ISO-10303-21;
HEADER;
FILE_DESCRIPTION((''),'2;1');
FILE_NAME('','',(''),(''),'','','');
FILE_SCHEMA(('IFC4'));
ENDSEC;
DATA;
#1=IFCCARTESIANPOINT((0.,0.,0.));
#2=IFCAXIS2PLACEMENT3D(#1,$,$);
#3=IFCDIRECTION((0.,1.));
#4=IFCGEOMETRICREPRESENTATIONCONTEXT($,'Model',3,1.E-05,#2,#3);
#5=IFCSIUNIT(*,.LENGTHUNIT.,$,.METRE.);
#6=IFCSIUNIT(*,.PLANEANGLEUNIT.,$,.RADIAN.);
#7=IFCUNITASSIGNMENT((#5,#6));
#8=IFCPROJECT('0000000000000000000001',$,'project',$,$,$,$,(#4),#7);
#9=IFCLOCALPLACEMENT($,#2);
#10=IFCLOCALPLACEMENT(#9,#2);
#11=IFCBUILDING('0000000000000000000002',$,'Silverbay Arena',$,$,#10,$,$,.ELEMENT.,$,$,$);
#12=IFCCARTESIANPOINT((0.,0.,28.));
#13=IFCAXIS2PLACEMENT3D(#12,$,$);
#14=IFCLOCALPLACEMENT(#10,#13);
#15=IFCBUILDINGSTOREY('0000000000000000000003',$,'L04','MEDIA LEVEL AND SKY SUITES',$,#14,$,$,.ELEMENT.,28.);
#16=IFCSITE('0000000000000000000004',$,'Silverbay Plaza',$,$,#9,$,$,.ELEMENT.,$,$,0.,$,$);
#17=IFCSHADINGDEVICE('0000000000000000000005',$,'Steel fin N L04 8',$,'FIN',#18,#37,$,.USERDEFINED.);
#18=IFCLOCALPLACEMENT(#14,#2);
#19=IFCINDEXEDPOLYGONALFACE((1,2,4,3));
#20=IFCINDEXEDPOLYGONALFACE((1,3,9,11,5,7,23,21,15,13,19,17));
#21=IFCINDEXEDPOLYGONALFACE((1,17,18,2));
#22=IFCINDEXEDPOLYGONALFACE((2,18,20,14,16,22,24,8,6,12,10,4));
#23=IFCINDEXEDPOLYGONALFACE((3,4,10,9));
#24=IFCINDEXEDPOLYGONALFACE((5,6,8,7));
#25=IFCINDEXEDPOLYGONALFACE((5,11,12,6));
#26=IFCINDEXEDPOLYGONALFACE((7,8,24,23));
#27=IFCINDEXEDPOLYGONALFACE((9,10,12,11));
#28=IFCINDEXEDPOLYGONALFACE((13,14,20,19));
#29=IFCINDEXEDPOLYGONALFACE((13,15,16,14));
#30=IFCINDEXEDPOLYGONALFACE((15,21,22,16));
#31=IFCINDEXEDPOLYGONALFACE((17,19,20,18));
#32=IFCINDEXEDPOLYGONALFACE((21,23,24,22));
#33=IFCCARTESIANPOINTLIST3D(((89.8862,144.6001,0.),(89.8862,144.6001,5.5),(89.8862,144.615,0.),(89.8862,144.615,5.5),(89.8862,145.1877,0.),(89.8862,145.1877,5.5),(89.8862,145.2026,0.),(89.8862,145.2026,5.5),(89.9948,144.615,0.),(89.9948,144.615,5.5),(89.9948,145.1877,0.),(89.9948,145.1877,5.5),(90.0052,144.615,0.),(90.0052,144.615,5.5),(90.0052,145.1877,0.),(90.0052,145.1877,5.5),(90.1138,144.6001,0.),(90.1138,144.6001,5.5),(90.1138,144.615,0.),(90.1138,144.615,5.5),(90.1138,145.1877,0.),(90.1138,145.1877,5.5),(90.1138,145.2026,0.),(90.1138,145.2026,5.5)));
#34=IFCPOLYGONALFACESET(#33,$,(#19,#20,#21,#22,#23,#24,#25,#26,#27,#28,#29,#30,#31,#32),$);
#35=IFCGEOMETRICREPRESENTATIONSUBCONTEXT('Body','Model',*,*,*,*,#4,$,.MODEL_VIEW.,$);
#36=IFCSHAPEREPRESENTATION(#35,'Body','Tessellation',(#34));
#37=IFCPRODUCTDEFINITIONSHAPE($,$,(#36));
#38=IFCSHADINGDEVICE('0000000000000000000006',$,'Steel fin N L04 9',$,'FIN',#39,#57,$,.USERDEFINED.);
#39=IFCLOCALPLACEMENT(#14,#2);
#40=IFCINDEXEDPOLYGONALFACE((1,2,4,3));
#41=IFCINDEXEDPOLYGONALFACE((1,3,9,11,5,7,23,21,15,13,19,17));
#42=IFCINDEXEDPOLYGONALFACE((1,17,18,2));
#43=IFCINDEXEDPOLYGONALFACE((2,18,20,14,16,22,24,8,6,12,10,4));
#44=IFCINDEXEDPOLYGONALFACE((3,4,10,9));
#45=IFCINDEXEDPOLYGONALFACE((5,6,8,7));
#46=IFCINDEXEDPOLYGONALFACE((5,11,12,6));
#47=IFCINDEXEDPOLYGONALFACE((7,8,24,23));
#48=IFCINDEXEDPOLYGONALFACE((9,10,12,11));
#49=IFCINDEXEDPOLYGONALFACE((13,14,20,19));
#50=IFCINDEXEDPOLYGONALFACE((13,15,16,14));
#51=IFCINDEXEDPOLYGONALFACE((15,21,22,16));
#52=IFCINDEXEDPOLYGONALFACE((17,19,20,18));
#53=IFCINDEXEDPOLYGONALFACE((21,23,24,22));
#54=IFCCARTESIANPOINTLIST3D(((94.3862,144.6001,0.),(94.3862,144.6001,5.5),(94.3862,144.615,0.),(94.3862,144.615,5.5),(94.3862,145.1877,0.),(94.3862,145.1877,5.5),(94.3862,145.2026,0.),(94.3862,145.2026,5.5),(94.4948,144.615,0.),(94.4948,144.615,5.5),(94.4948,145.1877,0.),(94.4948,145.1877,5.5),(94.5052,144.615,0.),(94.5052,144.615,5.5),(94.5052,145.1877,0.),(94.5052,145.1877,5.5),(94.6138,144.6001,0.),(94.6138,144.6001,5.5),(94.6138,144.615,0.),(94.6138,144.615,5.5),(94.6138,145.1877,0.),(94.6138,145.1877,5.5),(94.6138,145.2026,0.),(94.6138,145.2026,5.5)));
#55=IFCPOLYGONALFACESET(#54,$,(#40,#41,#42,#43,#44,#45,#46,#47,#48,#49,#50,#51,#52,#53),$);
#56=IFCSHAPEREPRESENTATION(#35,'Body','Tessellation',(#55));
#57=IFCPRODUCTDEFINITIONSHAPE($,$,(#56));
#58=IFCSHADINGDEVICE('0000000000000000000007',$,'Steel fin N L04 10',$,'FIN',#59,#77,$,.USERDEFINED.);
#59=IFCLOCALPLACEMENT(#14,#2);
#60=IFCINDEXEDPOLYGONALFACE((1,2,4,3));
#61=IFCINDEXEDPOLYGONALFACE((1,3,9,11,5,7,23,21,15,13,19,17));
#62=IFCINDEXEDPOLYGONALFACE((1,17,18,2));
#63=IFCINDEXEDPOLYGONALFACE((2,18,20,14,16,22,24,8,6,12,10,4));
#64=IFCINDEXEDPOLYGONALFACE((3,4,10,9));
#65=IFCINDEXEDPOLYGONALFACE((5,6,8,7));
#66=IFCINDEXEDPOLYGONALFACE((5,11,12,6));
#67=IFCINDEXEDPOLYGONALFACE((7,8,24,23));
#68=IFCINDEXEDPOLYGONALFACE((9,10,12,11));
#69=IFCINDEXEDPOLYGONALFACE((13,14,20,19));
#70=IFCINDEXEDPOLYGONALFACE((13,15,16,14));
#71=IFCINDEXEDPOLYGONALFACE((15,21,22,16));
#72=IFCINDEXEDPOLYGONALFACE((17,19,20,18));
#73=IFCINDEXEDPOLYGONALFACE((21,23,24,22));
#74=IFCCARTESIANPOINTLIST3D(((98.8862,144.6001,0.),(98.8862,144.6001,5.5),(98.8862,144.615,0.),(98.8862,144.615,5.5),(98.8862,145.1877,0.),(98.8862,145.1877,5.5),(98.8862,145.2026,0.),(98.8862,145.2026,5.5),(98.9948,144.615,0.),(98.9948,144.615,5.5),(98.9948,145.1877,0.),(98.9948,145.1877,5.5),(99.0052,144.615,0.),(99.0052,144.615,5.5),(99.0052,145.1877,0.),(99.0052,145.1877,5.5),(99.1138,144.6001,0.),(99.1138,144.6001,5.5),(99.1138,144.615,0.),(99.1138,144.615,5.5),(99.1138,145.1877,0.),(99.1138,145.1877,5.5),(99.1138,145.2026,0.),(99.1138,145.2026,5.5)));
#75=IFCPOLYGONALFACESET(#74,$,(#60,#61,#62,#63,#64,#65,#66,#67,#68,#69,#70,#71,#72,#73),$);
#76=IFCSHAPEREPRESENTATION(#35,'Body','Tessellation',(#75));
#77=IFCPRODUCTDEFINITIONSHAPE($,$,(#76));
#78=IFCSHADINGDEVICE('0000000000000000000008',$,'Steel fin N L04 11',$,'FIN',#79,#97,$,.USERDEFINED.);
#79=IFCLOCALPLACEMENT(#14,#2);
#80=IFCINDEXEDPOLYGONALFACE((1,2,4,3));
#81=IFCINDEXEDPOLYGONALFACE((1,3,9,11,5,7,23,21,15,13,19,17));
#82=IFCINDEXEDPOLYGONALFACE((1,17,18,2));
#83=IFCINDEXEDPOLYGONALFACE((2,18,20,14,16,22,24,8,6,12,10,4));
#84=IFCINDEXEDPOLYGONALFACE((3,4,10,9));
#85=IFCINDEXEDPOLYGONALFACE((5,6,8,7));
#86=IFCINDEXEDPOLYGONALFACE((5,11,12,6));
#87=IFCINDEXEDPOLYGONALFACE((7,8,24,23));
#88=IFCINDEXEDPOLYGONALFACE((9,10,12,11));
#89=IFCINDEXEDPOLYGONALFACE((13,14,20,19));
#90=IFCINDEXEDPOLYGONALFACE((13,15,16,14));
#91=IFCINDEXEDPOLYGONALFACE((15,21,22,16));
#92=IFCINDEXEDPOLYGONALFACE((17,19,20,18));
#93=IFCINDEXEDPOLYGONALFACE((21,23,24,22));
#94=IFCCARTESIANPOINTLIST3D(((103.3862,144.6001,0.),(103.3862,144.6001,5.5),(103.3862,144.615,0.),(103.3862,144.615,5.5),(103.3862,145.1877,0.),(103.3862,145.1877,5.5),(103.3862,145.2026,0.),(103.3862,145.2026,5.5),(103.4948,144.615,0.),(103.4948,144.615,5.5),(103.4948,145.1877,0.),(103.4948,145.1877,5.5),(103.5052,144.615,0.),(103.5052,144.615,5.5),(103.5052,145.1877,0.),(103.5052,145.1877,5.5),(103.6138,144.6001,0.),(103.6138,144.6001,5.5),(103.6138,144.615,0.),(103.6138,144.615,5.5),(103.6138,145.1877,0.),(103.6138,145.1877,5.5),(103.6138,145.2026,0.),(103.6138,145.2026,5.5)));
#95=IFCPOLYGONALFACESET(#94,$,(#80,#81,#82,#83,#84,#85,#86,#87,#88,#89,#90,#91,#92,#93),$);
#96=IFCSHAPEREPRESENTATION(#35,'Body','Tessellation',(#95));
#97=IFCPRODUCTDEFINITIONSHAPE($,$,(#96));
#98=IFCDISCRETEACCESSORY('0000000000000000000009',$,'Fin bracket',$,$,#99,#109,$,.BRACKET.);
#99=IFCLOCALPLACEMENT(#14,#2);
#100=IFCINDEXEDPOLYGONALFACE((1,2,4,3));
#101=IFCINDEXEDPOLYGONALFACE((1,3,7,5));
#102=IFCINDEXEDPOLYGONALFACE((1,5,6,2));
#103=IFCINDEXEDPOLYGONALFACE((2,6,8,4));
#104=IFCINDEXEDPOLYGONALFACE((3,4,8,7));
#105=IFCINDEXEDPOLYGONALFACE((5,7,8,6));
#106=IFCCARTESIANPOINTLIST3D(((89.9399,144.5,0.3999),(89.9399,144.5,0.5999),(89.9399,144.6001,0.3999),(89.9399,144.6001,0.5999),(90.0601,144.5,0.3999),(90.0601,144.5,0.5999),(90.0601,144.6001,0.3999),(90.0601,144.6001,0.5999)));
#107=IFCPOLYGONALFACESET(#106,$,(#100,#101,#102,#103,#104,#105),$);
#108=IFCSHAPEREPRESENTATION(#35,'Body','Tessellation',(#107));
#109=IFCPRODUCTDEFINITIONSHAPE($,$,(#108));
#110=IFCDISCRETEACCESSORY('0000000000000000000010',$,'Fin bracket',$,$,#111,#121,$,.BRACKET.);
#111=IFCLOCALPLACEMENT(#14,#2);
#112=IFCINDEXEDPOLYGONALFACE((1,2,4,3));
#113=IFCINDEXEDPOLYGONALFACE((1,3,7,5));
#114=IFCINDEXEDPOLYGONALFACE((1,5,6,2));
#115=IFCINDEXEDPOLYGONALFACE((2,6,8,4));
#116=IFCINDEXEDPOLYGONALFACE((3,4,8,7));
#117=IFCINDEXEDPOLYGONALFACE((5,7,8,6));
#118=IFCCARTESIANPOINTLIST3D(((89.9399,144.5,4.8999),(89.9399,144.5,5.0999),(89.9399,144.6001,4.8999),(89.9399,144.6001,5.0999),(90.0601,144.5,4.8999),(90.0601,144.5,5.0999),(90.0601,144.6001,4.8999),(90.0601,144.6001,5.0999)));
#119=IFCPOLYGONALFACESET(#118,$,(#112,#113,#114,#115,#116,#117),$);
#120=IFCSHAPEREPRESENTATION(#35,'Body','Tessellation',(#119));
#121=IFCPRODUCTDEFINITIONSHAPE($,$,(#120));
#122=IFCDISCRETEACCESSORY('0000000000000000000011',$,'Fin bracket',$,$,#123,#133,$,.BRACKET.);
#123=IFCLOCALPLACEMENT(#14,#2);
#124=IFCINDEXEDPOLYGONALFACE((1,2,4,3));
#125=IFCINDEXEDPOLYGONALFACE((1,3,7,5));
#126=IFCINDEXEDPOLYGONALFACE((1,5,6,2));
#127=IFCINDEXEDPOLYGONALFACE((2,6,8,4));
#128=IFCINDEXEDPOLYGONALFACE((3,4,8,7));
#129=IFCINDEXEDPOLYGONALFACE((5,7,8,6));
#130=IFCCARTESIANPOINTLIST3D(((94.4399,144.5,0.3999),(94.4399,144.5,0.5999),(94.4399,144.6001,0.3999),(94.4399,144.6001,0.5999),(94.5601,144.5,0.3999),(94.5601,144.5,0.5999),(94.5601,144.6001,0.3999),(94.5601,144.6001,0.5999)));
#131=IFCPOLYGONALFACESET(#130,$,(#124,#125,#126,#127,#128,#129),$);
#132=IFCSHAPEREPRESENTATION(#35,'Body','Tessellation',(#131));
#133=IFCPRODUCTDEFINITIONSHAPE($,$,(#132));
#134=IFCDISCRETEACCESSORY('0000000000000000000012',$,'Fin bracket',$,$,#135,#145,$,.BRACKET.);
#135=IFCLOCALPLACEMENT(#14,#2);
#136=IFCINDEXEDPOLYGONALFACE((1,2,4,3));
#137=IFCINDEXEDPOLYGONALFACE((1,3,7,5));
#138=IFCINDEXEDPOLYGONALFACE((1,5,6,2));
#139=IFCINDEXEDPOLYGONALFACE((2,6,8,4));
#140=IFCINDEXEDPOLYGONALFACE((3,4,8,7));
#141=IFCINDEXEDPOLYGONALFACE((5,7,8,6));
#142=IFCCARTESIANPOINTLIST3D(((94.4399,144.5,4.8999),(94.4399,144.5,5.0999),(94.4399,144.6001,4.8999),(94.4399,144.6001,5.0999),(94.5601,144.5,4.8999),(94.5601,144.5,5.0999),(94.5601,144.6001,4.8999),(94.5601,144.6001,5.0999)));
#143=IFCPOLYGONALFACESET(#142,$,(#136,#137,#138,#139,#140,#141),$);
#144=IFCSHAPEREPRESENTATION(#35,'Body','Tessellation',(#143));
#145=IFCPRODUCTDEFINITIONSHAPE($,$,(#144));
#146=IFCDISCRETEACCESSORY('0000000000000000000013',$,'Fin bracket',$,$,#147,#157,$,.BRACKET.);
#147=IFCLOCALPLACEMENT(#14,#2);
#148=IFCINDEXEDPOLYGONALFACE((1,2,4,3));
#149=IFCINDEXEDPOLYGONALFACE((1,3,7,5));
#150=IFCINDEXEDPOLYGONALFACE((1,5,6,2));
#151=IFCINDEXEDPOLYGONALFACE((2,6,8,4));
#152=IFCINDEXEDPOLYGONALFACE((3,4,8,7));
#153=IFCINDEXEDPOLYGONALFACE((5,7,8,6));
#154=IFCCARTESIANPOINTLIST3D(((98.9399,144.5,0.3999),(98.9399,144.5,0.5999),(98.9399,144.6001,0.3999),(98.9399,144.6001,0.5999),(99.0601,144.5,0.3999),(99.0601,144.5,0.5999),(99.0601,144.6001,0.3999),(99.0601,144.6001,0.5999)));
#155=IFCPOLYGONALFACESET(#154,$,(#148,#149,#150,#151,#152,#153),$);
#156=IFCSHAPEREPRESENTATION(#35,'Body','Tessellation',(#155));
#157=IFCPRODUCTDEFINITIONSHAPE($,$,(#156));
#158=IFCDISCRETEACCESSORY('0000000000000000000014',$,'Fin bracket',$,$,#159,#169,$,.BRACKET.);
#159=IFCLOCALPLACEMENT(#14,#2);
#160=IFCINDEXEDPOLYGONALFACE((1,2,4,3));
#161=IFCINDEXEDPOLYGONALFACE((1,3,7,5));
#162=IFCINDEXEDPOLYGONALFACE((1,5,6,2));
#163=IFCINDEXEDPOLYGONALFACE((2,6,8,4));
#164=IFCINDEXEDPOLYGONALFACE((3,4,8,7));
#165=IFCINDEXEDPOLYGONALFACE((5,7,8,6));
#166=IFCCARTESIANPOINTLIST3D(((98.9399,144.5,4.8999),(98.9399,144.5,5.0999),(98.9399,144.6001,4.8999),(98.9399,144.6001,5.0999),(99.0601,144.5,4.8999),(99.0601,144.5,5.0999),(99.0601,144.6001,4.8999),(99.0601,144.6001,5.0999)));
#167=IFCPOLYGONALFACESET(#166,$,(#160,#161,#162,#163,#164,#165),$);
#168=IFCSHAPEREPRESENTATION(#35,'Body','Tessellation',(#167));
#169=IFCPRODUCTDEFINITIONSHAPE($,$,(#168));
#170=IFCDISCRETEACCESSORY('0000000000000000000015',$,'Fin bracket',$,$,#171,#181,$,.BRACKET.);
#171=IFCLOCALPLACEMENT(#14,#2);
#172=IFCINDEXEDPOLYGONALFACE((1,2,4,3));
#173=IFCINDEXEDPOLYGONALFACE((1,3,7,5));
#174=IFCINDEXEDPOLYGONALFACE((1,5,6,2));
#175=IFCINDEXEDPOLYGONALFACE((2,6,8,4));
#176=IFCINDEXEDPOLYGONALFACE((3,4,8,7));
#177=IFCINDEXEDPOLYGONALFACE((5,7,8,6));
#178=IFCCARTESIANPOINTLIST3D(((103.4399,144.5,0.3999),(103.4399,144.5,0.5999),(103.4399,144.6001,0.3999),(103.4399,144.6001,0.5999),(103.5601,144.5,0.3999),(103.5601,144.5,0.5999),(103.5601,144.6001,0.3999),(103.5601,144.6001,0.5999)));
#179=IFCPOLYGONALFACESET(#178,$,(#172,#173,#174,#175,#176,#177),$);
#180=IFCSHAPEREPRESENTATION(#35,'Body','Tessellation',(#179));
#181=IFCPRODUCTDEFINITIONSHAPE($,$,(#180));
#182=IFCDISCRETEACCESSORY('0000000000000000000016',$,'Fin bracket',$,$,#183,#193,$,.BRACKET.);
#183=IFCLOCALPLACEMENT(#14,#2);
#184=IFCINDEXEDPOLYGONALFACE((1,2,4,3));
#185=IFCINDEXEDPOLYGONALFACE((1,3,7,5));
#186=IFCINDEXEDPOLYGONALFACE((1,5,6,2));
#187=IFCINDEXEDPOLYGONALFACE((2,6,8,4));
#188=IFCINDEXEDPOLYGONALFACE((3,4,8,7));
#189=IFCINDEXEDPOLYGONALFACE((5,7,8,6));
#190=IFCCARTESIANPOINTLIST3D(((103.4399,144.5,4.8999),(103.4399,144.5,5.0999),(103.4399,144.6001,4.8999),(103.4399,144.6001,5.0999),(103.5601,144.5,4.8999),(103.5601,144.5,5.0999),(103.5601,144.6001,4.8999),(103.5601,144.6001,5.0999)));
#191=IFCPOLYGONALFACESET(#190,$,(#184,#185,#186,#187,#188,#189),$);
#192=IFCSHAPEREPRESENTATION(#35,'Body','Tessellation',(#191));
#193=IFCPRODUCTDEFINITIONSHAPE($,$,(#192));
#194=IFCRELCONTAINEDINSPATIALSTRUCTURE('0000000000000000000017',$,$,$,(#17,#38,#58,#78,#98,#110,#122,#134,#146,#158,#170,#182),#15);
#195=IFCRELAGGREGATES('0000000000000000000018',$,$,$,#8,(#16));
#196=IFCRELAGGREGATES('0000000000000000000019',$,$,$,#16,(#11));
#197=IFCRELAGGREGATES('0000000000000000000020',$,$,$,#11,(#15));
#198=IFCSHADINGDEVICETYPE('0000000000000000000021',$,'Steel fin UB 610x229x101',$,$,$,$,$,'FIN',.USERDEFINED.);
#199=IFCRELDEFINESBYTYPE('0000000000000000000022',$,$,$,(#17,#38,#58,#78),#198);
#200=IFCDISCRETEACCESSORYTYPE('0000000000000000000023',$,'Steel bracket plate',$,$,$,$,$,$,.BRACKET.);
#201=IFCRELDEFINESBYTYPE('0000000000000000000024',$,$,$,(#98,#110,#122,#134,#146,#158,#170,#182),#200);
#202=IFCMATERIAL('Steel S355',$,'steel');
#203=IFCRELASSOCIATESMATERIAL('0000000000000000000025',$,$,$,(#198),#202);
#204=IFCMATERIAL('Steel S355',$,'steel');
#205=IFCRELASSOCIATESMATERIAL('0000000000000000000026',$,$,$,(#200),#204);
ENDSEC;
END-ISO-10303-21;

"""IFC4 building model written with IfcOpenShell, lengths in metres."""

from ifc_helpers import new_model, si_unit, direction, frame, origin, origin_2d, place, context, subcontext, project, spatial, rectangle, i_section, extrude, material, material_profile, profile_set, type_object, element, save


model = new_model("IFC4")

# Units and contexts
model_context = context("Model", 3, precision=1e-05, world=origin(), true_north=direction((0.0, 1.0)))
body_context = subcontext(model_context, "Body", "Model", "MODEL_VIEW")
ifc_project = project(units=[si_unit("LENGTHUNIT", "METRE"), si_unit("PLANEANGLEUNIT", "RADIAN")], contexts=[model_context])

# Site, building, storey
site_placement = place(None, origin())
site = spatial("IfcSite", under=ifc_project, at=site_placement, Name="Silverbay Plaza", CompositionType="ELEMENT", RefElevation=0.0)
building_placement = place(site_placement, origin())
building = spatial("IfcBuilding", under=site, at=building_placement, Name="Silverbay Arena", CompositionType="ELEMENT")
storey_placement = place(building_placement, frame((0.0, 0.0, 28.0)))
storey = spatial("IfcBuildingStorey", under=building, at=storey_placement, Name="L04", Description="MEDIA LEVEL AND SKY SUITES", CompositionType="ELEMENT", Elevation=28.0)

# Shading devices
ifc_material_1 = material(Name="Steel S355", Category="steel")
ifc_material_profile = material_profile(ifc_material_1, i_section(OverallWidth=0.2275, OverallDepth=0.6025, WebThickness=0.0105, FlangeThickness=0.0149, at=origin_2d()), Name="UB 610x229x101")
ifc_profile_set = profile_set([ifc_material_profile], Name="Steel S355")
shading_device_type = type_object("IfcShadingDeviceType", Name="Steel fin UB 610x229x101", ElementType="FIN", PredefinedType="USERDEFINED", material=ifc_profile_set)
for number, where, z_axis, x_axis, name in (
    (1, (90.0, 144.9014, 0.0), (0.0, 0.0, 1.0), (1.0, 0.0, 0.0), "Steel fin N L04 8"),
    (2, (94.5, 144.9014, 0.0), (0.0, 0.0, 1.0), (1.0, 0.0, 0.0), "Steel fin N L04 9"),
    (3, (99.0, 144.9014, 0.0), (0.0, 0.0, 1.0), (1.0, 0.0, 0.0), "Steel fin N L04 10"),
    (4, (103.5, 144.9014, 0.0), (0.0, 0.0, 1.0), (1.0, 0.0, 0.0), "Steel fin N L04 11"),
):
    element("IfcShadingDevice", number, at=place(storey_placement, frame(where, z_axis=z_axis, x_axis=x_axis)), inside=storey, type_object=shading_device_type, Name=name, ObjectType="FIN", PredefinedType="USERDEFINED", context=body_context, shape_type="SweptSolid", body=[
        extrude(i_section(OverallWidth=0.2275, OverallDepth=0.6025, WebThickness=0.0105, FlangeThickness=0.0149, at=origin_2d()), origin(), (0.0, 0.0, 1.0), 5.5),
    ])

# Discrete accessories
ifc_material_2 = material(Name="Steel S355", Category="steel")
discrete_accessory_type = type_object("IfcDiscreteAccessoryType", Name="Steel bracket plate", PredefinedType="BRACKET", material=ifc_material_2)
for number, where, z_axis, x_axis, name in (
    (5, (90.0, 144.55, 0.3999), (0.0, 0.0, 1.0), (1.0, 0.0, 0.0), "Fin bracket"),
    (6, (90.0, 144.55, 4.8999), (0.0, 0.0, 1.0), (1.0, 0.0, 0.0), "Fin bracket"),
    (7, (94.5, 144.55, 0.3999), (0.0, 0.0, 1.0), (1.0, 0.0, 0.0), "Fin bracket"),
    (8, (94.5, 144.55, 4.8999), (0.0, 0.0, 1.0), (1.0, 0.0, 0.0), "Fin bracket"),
    (9, (99.0, 144.55, 0.3999), (0.0, 0.0, 1.0), (1.0, 0.0, 0.0), "Fin bracket"),
    (10, (99.0, 144.55, 4.8999), (0.0, 0.0, 1.0), (1.0, 0.0, 0.0), "Fin bracket"),
    (11, (103.5, 144.55, 0.3999), (0.0, 0.0, 1.0), (1.0, 0.0, 0.0), "Fin bracket"),
    (12, (103.5, 144.55, 4.8999), (0.0, 0.0, 1.0), (1.0, 0.0, 0.0), "Fin bracket"),
):
    element("IfcDiscreteAccessory", number, at=place(storey_placement, frame(where, z_axis=z_axis, x_axis=x_axis)), inside=storey, type_object=discrete_accessory_type, Name=name, PredefinedType="BRACKET", context=body_context, shape_type="SweptSolid", body=[
        extrude(rectangle(XDim=0.1201, YDim=0.1001, at=origin_2d()), origin(), (0.0, 0.0, 1.0), 0.2),
    ])

save(model, "model.ifc")
